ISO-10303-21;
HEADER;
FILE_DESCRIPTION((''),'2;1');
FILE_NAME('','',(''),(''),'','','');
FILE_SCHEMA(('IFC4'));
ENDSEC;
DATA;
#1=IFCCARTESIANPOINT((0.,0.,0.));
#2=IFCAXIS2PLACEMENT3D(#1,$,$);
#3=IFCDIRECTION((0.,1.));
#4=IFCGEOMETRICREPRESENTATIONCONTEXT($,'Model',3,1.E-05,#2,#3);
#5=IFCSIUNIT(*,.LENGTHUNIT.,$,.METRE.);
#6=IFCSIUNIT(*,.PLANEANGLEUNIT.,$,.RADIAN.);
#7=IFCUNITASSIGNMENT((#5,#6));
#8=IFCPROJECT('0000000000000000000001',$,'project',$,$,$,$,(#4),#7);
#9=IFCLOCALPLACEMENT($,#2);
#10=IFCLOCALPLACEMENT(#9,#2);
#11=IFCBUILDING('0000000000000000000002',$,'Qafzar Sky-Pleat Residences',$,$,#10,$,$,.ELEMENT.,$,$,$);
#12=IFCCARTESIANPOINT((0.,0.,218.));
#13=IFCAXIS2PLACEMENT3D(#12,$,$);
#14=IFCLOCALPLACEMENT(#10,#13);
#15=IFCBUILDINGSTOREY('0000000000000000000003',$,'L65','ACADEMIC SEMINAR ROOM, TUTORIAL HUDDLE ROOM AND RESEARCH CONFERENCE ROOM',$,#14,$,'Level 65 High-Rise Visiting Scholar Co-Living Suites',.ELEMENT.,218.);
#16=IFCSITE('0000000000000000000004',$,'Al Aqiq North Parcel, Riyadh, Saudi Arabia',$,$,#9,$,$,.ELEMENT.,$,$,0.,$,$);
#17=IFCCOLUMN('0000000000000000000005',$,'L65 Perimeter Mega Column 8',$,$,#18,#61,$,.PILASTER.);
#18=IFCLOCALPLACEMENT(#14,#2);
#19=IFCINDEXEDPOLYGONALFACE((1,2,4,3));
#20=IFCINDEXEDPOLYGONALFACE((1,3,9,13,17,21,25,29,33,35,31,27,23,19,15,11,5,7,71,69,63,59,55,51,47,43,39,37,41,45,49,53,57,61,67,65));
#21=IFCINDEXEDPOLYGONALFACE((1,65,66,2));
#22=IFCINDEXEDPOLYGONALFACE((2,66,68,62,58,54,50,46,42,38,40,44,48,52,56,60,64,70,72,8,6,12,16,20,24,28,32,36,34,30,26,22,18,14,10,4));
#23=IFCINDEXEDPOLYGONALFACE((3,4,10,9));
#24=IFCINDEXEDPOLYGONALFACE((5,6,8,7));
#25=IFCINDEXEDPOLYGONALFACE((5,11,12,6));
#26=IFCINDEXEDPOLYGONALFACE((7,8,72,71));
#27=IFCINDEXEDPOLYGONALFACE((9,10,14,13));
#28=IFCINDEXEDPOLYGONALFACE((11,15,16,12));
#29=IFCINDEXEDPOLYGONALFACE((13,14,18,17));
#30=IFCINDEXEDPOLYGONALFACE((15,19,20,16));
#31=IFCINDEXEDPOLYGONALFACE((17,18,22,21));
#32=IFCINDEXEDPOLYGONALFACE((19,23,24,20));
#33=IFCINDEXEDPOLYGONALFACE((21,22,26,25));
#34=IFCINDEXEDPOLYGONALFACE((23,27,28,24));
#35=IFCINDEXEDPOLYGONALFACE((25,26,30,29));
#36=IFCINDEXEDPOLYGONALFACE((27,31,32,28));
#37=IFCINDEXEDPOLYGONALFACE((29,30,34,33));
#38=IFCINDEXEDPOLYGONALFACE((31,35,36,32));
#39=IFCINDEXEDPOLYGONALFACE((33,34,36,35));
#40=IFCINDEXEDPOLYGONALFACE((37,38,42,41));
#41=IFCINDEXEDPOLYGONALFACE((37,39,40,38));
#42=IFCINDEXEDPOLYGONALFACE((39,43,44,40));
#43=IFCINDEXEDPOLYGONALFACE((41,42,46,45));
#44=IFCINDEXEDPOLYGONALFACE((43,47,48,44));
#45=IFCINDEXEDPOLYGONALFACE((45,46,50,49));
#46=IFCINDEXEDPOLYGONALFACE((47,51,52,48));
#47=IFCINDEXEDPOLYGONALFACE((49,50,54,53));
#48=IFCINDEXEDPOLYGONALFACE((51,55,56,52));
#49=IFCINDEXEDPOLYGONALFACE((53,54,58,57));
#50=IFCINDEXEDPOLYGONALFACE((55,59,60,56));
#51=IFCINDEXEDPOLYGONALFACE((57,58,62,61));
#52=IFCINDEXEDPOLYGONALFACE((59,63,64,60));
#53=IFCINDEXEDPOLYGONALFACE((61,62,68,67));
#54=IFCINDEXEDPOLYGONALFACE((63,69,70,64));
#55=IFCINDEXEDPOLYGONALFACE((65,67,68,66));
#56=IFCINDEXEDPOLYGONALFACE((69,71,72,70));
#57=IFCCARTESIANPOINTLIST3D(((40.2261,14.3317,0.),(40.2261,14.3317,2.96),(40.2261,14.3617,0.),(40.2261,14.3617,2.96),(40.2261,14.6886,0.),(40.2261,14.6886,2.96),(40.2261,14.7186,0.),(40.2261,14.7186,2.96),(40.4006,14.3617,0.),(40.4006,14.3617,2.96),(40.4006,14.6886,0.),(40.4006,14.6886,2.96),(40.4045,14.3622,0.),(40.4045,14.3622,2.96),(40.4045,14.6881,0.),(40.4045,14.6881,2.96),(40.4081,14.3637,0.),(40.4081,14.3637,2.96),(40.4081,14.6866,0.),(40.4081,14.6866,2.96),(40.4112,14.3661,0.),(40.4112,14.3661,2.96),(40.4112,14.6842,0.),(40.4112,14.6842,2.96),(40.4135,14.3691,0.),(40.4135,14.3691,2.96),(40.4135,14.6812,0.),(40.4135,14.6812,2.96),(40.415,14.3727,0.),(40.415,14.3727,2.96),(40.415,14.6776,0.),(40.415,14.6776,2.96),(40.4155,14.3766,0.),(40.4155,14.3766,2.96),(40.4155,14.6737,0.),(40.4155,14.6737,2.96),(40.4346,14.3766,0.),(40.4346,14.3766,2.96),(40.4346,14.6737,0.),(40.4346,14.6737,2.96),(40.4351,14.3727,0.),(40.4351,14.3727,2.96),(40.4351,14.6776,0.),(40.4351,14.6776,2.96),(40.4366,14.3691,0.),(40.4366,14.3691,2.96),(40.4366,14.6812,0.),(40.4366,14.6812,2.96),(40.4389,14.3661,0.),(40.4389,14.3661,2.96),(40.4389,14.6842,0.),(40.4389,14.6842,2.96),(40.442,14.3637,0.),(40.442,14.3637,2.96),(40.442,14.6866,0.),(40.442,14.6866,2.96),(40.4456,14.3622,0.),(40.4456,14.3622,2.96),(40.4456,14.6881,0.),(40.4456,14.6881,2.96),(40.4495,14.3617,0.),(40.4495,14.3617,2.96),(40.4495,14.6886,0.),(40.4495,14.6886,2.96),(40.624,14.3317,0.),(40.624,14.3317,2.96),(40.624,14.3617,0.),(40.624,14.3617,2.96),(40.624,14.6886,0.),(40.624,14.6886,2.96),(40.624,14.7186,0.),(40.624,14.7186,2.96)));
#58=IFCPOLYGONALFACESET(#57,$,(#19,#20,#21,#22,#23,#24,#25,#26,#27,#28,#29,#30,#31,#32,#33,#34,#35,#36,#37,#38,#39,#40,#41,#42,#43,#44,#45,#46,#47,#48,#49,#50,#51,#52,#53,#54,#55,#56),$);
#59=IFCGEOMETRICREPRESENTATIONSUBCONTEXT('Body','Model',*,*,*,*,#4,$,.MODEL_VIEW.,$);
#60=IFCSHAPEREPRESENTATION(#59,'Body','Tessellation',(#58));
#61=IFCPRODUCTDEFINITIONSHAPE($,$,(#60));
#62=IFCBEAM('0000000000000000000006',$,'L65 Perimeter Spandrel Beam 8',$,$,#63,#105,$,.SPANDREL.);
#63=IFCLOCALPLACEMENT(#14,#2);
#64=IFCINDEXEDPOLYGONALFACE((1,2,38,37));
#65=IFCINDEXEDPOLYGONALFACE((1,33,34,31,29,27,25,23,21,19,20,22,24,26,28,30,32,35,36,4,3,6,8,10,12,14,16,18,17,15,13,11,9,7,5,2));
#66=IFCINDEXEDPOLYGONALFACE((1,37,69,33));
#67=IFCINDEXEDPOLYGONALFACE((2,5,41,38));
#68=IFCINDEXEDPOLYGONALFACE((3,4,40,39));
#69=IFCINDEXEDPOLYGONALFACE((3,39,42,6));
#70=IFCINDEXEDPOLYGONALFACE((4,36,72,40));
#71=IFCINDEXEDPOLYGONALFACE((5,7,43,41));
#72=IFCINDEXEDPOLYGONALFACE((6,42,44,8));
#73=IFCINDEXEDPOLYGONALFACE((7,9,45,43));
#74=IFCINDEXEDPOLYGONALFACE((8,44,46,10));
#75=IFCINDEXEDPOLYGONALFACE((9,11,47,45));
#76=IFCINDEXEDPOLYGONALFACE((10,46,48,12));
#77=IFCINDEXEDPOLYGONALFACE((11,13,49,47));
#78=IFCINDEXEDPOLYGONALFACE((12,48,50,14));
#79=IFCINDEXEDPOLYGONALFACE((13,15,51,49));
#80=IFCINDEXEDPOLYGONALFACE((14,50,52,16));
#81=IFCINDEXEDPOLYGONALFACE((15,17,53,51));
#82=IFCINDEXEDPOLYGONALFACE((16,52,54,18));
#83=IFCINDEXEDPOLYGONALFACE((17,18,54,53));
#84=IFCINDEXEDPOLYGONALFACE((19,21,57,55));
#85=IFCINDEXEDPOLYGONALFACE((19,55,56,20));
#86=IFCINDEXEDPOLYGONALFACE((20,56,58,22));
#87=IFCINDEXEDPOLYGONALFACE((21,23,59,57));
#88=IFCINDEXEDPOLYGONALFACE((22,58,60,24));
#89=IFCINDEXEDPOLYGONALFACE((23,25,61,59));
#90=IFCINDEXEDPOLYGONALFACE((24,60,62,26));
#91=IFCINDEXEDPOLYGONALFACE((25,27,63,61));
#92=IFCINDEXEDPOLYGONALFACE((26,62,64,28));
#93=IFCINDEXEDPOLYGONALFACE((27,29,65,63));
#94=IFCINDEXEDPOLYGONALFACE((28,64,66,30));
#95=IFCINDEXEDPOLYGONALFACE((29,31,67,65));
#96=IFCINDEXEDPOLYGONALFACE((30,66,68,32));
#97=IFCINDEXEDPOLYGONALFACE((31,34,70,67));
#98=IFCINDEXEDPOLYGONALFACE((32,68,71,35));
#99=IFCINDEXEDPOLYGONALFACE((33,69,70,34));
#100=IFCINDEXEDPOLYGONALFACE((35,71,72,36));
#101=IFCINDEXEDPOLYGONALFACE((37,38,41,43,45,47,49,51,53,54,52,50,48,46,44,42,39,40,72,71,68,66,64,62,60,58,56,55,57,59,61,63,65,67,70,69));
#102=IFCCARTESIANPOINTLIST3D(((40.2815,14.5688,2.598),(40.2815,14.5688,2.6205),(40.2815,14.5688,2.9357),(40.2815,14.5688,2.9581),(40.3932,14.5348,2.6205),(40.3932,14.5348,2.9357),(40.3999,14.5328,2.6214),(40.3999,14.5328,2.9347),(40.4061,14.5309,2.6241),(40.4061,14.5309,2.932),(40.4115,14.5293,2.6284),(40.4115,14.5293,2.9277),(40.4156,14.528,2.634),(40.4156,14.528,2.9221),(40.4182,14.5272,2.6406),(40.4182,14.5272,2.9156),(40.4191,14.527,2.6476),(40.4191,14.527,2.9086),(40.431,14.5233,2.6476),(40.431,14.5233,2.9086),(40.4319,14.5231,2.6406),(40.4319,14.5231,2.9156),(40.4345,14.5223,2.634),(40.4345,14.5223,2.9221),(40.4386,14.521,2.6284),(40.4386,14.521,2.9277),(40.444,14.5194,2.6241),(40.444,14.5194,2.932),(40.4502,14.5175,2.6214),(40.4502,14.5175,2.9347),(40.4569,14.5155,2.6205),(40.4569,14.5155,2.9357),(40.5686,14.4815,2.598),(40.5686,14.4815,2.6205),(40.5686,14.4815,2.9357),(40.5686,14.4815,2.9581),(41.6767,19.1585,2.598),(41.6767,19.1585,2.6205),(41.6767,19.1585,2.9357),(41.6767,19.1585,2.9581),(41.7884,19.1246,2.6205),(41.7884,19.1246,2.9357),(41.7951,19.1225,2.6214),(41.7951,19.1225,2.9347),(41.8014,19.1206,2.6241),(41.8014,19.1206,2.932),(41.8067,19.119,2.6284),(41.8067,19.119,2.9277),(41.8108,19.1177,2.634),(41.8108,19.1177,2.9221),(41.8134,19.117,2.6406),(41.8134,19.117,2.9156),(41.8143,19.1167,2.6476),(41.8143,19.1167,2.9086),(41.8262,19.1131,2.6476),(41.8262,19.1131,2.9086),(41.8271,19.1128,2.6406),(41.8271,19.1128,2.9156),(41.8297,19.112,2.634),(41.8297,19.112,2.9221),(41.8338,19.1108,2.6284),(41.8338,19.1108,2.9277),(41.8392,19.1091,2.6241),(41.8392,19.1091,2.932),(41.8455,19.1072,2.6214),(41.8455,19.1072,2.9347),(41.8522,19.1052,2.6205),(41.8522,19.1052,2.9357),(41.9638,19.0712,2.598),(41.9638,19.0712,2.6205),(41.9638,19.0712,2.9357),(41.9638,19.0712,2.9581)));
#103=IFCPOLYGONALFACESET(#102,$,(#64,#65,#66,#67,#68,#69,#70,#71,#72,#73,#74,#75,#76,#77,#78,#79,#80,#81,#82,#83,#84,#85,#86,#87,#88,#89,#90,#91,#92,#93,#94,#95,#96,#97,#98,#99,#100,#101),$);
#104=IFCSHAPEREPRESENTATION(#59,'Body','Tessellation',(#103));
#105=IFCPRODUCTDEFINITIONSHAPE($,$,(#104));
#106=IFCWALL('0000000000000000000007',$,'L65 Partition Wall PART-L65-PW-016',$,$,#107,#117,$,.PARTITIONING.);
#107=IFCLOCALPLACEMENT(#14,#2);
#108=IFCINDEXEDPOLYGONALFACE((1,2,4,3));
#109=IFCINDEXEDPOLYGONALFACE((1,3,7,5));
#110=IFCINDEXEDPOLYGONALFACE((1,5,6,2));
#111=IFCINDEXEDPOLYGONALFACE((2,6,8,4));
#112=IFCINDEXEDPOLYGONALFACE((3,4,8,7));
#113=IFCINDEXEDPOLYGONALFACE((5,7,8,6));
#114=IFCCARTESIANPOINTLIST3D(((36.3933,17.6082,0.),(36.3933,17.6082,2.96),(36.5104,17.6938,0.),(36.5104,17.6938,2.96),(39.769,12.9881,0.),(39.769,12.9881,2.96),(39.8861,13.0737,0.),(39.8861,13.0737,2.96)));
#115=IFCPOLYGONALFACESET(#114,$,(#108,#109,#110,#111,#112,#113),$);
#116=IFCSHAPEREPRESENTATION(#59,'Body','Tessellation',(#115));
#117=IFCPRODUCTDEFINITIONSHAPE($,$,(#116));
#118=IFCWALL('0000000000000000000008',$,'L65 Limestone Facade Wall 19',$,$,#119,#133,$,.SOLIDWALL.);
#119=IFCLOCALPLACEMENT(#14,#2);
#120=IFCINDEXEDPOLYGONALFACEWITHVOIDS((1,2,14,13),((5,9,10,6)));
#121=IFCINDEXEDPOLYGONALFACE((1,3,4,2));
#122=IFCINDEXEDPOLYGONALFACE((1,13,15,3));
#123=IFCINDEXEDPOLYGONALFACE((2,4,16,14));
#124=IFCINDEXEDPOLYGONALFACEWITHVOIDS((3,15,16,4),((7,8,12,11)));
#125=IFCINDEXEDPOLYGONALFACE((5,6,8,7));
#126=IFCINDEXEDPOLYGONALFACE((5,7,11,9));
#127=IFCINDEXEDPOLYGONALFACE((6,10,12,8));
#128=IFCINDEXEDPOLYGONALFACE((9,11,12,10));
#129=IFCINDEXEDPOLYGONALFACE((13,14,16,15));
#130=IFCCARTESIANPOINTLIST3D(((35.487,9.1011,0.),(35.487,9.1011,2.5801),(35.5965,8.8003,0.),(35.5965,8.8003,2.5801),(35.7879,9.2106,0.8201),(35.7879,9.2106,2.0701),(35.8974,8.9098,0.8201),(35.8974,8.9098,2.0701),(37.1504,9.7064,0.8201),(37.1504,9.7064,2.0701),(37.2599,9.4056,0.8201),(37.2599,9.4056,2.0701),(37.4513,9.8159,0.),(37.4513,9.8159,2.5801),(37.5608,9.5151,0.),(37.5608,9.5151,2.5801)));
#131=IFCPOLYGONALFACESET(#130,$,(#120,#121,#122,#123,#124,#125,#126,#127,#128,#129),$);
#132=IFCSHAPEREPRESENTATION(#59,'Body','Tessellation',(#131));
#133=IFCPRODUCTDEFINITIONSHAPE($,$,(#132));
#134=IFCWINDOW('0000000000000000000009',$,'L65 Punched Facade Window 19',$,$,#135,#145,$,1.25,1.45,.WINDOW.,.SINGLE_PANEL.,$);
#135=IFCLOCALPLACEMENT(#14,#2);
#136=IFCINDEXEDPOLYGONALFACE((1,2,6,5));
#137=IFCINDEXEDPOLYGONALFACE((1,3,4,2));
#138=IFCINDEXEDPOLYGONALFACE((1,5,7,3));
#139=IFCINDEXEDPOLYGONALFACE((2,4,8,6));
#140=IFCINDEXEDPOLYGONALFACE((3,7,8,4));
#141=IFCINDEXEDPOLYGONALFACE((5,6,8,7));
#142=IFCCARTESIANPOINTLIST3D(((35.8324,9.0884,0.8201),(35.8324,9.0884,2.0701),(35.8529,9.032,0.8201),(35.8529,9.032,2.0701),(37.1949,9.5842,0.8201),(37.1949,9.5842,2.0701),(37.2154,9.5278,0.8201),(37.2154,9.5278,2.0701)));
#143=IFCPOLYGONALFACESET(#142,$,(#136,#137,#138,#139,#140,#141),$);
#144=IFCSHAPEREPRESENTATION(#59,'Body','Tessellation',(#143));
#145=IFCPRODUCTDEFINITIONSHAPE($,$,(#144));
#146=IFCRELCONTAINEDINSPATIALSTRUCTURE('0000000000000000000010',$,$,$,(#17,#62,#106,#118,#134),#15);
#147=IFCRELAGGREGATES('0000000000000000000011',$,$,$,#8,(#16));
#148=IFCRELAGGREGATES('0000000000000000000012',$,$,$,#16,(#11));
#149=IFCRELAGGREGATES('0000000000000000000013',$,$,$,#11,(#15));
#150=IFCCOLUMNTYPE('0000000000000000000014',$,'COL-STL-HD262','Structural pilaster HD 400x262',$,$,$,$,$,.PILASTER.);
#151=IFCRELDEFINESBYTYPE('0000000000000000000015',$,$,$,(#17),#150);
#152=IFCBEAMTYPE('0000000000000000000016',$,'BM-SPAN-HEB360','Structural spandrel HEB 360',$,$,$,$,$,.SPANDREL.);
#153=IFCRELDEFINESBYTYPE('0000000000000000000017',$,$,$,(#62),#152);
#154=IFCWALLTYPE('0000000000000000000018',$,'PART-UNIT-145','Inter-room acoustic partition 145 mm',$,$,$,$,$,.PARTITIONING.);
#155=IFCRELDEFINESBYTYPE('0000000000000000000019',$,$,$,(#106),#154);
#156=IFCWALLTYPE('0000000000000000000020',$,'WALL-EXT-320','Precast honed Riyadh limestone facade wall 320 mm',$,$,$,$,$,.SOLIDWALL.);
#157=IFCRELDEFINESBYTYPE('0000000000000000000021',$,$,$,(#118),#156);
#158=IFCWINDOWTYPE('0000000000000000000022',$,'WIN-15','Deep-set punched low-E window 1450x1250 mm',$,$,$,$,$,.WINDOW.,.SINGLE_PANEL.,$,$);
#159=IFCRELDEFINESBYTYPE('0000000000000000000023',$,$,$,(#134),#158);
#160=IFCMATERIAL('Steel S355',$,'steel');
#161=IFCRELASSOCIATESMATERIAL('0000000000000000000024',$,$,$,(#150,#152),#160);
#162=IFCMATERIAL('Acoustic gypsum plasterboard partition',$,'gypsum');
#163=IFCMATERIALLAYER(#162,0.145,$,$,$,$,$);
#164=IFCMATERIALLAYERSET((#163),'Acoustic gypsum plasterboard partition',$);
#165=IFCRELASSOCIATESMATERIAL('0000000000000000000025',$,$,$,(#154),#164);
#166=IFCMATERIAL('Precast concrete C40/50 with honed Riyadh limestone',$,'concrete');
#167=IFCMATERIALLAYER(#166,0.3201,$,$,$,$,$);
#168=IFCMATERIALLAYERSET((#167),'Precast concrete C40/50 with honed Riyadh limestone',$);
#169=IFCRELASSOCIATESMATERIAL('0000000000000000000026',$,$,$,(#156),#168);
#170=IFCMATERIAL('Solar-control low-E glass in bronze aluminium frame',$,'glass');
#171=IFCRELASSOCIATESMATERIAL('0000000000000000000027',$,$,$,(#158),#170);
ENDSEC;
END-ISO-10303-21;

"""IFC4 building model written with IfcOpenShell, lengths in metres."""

from ifc_helpers import new_model, si_unit, direction, frame, frame_2d, origin, origin_2d, place, context, subcontext, project, spatial, rectangle, i_section, extrude, source, transform, mapped, material, layer, layer_set, material_profile, profile_set, type_object, element, fill, save


model = new_model("IFC4")

# Units and contexts
model_context = context("Model", 3, precision=1e-05, world=origin(), true_north=direction((0.0, 1.0)))
body_context = subcontext(model_context, "Body", "Model", "MODEL_VIEW")
ifc_project = project(units=[si_unit("LENGTHUNIT", "METRE"), si_unit("PLANEANGLEUNIT", "RADIAN")], contexts=[model_context])

# Site, building, storey
site_placement = place(None, origin())
site = spatial("IfcSite", under=ifc_project, at=site_placement, Name="Al Aqiq North Parcel, Riyadh, Saudi Arabia", CompositionType="ELEMENT", RefElevation=0.0)
building_placement = place(site_placement, origin())
building = spatial("IfcBuilding", under=site, at=building_placement, Name="Qafzar Sky-Pleat Residences", CompositionType="ELEMENT")
storey_placement = place(building_placement, frame((0.0, 0.0, 218.0)))
storey = spatial("IfcBuildingStorey", under=building, at=storey_placement, Name="L65", Description="ACADEMIC SEMINAR ROOM, TUTORIAL HUDDLE ROOM AND RESEARCH CONFERENCE ROOM", LongName="Level 65 High-Rise Visiting Scholar Co-Living Suites", CompositionType="ELEMENT", Elevation=218.0)

# Column
ifc_material_1 = material(Name="Steel S355", Category="steel")
ifc_material_profile_1 = material_profile(ifc_material_1, i_section(OverallWidth=0.3979, OverallDepth=0.387, WebThickness=0.019, FlangeThickness=0.03, FilletRadius=0.0149, at=origin_2d()), Name="HD 400x262")
ifc_profile_set_1 = profile_set([ifc_material_profile_1], Name="Steel S355")
column_type = type_object("IfcColumnType", Name="COL-STL-HD262", Description="Structural pilaster HD 400x262", PredefinedType="PILASTER", material=ifc_profile_set_1)
shared_shape_1 = source(origin(), body_context, "Body", "SweptSolid", [
    extrude(i_section(OverallWidth=0.3979, OverallDepth=0.387, WebThickness=0.019, FlangeThickness=0.03, FilletRadius=0.0149, at=origin_2d()), origin(), (0.0, 0.0, 1.0), 2.96),
])
column_placement = place(storey_placement, frame((40.425, 14.5251, 0.0), z_axis=(0.0, 0.0, 1.0), x_axis=(1.0, 0.0, 0.0)))
element("IfcColumn", 1, at=column_placement, inside=storey, type_object=column_type, Name="L65 Perimeter Mega Column 8", PredefinedType="PILASTER", context=body_context, shape_type="MappedRepresentation", body=[
    mapped(shared_shape_1, transform((0.0, 0.0, 0.0), x_axis=(1.0, 0.0, 0.0), y_axis=(0.0, 1.0, 0.0), z_axis=(0.0, 0.0, 1.0), scale=1.0)),
])

# Beam
ifc_material_profile_2 = material_profile(ifc_material_1, i_section(OverallWidth=0.3, OverallDepth=0.3601, WebThickness=0.0125, FlangeThickness=0.0225, FilletRadius=0.0271, at=origin_2d()), Name="HEB 360")
ifc_profile_set_2 = profile_set([ifc_material_profile_2], Name="Steel S355")
beam_type = type_object("IfcBeamType", Name="BM-SPAN-HEB360", Description="Structural spandrel HEB 360", PredefinedType="SPANDREL", material=ifc_profile_set_2)
shared_shape_2 = source(origin(), body_context, "Body", "SweptSolid", [
    extrude(i_section(OverallWidth=0.3, OverallDepth=0.3601, WebThickness=0.0125, FlangeThickness=0.0225, FilletRadius=0.0271, at=origin_2d()), origin(), (0.0, 0.0, 1.0), 4.7971),
])
beam_placement = place(storey_placement, frame((40.425, 14.5251, 2.7781), z_axis=(0.290848, 0.956769, 0.0), x_axis=(-0.956769, 0.290848, 0.0)))
element("IfcBeam", 2, at=beam_placement, inside=storey, type_object=beam_type, Name="L65 Perimeter Spandrel Beam 8", PredefinedType="SPANDREL", context=body_context, shape_type="MappedRepresentation", body=[
    mapped(shared_shape_2, transform((0.0, 0.0, 0.0), x_axis=(1.0, 0.0, 0.0), y_axis=(0.0, 1.0, 0.0), z_axis=(0.0, 0.0, 1.0), scale=1.0)),
])

# Wall
ifc_material_2 = material(Name="Acoustic gypsum plasterboard partition", Category="gypsum")
ifc_layer_1 = layer(ifc_material_2, 0.145)
ifc_layer_set_1 = layer_set([ifc_layer_1], Name="Acoustic gypsum plasterboard partition")
wall_type_1 = type_object("IfcWallType", Name="PART-UNIT-145", Description="Inter-room acoustic partition 145 mm", PredefinedType="PARTITIONING", material=ifc_layer_set_1)
wall_1_placement = place(storey_placement, frame((36.4519, 17.6509, 0.0), z_axis=(0.0, 0.0, 1.0), x_axis=(0.589959, -0.807433, 0.0)))
element("IfcWall", 3, at=wall_1_placement, inside=storey, type_object=wall_type_1, Name="L65 Partition Wall PART-L65-PW-016", PredefinedType="PARTITIONING", context=body_context, shape_type="SweptSolid", body=[
    extrude(rectangle(XDim=5.7219, YDim=0.145, at=frame_2d((2.8608, 0.0))), origin(), (0.0, 0.0, 1.0), 2.96),
])

# Wall, opening, window
ifc_material_3 = material(Name="Precast concrete C40/50 with honed Riyadh limestone", Category="concrete")
ifc_layer_2 = layer(ifc_material_3, 0.3201)
ifc_layer_set_2 = layer_set([ifc_layer_2], Name="Precast concrete C40/50 with honed Riyadh limestone")
wall_type_2 = type_object("IfcWallType", Name="WALL-EXT-320", Description="Precast honed Riyadh limestone facade wall 320 mm", PredefinedType="SOLIDWALL", material=ifc_layer_set_2)
wall_2_placement = place(storey_placement, frame((35.5417, 8.9507, 0.0), z_axis=(0.0, 0.0, 1.0), x_axis=(0.939712, 0.341968, 0.0)))
wall_2 = element("IfcWall", 4, at=wall_2_placement, inside=storey, type_object=wall_type_2, Name="L65 Limestone Facade Wall 19", PredefinedType="SOLIDWALL", context=body_context, shape_type="SweptSolid", body=[
    extrude(rectangle(XDim=2.0903, YDim=0.3201, at=frame_2d((1.0452, 0.0))), origin(), (0.0, 0.0, 1.0), 2.5801),
])
opening_1_placement = place(wall_2_placement, frame((0.3201, 0.0, 0.8201)))
opening_1 = element("IfcOpeningElement", 5, at=opening_1_placement, cuts=wall_2, PredefinedType="OPENING", context=body_context, shape_type="SweptSolid", body=[
    extrude(rectangle(XDim=1.45, YDim=1.25, at=frame_2d((0.7251, 0.625))), frame((0.0, 0.1699, 0.0), z_axis=(0.0, -1.0, 0.0), x_axis=(1.0, 0.0, 0.0)), (0.0, 0.0, 1.0), 0.3401),
])
ifc_material_4 = material(Name="Solar-control low-E glass in bronze aluminium frame", Category="glass")
window_type_1 = type_object("IfcWindowType", Name="WIN-15", Description="Deep-set punched low-E window 1450x1250 mm", PartitioningType="SINGLE_PANEL", PredefinedType="WINDOW", material=ifc_material_4)
shared_shape_3 = source(origin(), body_context, "Body", "SweptSolid", [
    extrude(rectangle(XDim=1.45, YDim=1.25, at=frame_2d((0.7251, 0.625))), frame((0.0, 0.03, 0.0), z_axis=(0.0, -1.0, 0.0), x_axis=(1.0, 0.0, 0.0)), (0.0, 0.0, 1.0), 0.0601),
])
window_1_placement = place(opening_1_placement, origin())
window_1 = element("IfcWindow", 6, at=window_1_placement, inside=storey, type_object=window_type_1, Name="L65 Punched Facade Window 19", OverallHeight=1.25, OverallWidth=1.45, PartitioningType="SINGLE_PANEL", PredefinedType="WINDOW", context=body_context, shape_type="MappedRepresentation", body=[
    mapped(shared_shape_3, transform((0.0, 0.0, 0.0), x_axis=(1.0, 0.0, 0.0), y_axis=(0.0, 1.0, 0.0), z_axis=(0.0, 0.0, 1.0), scale=1.0)),
])
fill(opening_1, window_1)

save(model, "model.ifc")
